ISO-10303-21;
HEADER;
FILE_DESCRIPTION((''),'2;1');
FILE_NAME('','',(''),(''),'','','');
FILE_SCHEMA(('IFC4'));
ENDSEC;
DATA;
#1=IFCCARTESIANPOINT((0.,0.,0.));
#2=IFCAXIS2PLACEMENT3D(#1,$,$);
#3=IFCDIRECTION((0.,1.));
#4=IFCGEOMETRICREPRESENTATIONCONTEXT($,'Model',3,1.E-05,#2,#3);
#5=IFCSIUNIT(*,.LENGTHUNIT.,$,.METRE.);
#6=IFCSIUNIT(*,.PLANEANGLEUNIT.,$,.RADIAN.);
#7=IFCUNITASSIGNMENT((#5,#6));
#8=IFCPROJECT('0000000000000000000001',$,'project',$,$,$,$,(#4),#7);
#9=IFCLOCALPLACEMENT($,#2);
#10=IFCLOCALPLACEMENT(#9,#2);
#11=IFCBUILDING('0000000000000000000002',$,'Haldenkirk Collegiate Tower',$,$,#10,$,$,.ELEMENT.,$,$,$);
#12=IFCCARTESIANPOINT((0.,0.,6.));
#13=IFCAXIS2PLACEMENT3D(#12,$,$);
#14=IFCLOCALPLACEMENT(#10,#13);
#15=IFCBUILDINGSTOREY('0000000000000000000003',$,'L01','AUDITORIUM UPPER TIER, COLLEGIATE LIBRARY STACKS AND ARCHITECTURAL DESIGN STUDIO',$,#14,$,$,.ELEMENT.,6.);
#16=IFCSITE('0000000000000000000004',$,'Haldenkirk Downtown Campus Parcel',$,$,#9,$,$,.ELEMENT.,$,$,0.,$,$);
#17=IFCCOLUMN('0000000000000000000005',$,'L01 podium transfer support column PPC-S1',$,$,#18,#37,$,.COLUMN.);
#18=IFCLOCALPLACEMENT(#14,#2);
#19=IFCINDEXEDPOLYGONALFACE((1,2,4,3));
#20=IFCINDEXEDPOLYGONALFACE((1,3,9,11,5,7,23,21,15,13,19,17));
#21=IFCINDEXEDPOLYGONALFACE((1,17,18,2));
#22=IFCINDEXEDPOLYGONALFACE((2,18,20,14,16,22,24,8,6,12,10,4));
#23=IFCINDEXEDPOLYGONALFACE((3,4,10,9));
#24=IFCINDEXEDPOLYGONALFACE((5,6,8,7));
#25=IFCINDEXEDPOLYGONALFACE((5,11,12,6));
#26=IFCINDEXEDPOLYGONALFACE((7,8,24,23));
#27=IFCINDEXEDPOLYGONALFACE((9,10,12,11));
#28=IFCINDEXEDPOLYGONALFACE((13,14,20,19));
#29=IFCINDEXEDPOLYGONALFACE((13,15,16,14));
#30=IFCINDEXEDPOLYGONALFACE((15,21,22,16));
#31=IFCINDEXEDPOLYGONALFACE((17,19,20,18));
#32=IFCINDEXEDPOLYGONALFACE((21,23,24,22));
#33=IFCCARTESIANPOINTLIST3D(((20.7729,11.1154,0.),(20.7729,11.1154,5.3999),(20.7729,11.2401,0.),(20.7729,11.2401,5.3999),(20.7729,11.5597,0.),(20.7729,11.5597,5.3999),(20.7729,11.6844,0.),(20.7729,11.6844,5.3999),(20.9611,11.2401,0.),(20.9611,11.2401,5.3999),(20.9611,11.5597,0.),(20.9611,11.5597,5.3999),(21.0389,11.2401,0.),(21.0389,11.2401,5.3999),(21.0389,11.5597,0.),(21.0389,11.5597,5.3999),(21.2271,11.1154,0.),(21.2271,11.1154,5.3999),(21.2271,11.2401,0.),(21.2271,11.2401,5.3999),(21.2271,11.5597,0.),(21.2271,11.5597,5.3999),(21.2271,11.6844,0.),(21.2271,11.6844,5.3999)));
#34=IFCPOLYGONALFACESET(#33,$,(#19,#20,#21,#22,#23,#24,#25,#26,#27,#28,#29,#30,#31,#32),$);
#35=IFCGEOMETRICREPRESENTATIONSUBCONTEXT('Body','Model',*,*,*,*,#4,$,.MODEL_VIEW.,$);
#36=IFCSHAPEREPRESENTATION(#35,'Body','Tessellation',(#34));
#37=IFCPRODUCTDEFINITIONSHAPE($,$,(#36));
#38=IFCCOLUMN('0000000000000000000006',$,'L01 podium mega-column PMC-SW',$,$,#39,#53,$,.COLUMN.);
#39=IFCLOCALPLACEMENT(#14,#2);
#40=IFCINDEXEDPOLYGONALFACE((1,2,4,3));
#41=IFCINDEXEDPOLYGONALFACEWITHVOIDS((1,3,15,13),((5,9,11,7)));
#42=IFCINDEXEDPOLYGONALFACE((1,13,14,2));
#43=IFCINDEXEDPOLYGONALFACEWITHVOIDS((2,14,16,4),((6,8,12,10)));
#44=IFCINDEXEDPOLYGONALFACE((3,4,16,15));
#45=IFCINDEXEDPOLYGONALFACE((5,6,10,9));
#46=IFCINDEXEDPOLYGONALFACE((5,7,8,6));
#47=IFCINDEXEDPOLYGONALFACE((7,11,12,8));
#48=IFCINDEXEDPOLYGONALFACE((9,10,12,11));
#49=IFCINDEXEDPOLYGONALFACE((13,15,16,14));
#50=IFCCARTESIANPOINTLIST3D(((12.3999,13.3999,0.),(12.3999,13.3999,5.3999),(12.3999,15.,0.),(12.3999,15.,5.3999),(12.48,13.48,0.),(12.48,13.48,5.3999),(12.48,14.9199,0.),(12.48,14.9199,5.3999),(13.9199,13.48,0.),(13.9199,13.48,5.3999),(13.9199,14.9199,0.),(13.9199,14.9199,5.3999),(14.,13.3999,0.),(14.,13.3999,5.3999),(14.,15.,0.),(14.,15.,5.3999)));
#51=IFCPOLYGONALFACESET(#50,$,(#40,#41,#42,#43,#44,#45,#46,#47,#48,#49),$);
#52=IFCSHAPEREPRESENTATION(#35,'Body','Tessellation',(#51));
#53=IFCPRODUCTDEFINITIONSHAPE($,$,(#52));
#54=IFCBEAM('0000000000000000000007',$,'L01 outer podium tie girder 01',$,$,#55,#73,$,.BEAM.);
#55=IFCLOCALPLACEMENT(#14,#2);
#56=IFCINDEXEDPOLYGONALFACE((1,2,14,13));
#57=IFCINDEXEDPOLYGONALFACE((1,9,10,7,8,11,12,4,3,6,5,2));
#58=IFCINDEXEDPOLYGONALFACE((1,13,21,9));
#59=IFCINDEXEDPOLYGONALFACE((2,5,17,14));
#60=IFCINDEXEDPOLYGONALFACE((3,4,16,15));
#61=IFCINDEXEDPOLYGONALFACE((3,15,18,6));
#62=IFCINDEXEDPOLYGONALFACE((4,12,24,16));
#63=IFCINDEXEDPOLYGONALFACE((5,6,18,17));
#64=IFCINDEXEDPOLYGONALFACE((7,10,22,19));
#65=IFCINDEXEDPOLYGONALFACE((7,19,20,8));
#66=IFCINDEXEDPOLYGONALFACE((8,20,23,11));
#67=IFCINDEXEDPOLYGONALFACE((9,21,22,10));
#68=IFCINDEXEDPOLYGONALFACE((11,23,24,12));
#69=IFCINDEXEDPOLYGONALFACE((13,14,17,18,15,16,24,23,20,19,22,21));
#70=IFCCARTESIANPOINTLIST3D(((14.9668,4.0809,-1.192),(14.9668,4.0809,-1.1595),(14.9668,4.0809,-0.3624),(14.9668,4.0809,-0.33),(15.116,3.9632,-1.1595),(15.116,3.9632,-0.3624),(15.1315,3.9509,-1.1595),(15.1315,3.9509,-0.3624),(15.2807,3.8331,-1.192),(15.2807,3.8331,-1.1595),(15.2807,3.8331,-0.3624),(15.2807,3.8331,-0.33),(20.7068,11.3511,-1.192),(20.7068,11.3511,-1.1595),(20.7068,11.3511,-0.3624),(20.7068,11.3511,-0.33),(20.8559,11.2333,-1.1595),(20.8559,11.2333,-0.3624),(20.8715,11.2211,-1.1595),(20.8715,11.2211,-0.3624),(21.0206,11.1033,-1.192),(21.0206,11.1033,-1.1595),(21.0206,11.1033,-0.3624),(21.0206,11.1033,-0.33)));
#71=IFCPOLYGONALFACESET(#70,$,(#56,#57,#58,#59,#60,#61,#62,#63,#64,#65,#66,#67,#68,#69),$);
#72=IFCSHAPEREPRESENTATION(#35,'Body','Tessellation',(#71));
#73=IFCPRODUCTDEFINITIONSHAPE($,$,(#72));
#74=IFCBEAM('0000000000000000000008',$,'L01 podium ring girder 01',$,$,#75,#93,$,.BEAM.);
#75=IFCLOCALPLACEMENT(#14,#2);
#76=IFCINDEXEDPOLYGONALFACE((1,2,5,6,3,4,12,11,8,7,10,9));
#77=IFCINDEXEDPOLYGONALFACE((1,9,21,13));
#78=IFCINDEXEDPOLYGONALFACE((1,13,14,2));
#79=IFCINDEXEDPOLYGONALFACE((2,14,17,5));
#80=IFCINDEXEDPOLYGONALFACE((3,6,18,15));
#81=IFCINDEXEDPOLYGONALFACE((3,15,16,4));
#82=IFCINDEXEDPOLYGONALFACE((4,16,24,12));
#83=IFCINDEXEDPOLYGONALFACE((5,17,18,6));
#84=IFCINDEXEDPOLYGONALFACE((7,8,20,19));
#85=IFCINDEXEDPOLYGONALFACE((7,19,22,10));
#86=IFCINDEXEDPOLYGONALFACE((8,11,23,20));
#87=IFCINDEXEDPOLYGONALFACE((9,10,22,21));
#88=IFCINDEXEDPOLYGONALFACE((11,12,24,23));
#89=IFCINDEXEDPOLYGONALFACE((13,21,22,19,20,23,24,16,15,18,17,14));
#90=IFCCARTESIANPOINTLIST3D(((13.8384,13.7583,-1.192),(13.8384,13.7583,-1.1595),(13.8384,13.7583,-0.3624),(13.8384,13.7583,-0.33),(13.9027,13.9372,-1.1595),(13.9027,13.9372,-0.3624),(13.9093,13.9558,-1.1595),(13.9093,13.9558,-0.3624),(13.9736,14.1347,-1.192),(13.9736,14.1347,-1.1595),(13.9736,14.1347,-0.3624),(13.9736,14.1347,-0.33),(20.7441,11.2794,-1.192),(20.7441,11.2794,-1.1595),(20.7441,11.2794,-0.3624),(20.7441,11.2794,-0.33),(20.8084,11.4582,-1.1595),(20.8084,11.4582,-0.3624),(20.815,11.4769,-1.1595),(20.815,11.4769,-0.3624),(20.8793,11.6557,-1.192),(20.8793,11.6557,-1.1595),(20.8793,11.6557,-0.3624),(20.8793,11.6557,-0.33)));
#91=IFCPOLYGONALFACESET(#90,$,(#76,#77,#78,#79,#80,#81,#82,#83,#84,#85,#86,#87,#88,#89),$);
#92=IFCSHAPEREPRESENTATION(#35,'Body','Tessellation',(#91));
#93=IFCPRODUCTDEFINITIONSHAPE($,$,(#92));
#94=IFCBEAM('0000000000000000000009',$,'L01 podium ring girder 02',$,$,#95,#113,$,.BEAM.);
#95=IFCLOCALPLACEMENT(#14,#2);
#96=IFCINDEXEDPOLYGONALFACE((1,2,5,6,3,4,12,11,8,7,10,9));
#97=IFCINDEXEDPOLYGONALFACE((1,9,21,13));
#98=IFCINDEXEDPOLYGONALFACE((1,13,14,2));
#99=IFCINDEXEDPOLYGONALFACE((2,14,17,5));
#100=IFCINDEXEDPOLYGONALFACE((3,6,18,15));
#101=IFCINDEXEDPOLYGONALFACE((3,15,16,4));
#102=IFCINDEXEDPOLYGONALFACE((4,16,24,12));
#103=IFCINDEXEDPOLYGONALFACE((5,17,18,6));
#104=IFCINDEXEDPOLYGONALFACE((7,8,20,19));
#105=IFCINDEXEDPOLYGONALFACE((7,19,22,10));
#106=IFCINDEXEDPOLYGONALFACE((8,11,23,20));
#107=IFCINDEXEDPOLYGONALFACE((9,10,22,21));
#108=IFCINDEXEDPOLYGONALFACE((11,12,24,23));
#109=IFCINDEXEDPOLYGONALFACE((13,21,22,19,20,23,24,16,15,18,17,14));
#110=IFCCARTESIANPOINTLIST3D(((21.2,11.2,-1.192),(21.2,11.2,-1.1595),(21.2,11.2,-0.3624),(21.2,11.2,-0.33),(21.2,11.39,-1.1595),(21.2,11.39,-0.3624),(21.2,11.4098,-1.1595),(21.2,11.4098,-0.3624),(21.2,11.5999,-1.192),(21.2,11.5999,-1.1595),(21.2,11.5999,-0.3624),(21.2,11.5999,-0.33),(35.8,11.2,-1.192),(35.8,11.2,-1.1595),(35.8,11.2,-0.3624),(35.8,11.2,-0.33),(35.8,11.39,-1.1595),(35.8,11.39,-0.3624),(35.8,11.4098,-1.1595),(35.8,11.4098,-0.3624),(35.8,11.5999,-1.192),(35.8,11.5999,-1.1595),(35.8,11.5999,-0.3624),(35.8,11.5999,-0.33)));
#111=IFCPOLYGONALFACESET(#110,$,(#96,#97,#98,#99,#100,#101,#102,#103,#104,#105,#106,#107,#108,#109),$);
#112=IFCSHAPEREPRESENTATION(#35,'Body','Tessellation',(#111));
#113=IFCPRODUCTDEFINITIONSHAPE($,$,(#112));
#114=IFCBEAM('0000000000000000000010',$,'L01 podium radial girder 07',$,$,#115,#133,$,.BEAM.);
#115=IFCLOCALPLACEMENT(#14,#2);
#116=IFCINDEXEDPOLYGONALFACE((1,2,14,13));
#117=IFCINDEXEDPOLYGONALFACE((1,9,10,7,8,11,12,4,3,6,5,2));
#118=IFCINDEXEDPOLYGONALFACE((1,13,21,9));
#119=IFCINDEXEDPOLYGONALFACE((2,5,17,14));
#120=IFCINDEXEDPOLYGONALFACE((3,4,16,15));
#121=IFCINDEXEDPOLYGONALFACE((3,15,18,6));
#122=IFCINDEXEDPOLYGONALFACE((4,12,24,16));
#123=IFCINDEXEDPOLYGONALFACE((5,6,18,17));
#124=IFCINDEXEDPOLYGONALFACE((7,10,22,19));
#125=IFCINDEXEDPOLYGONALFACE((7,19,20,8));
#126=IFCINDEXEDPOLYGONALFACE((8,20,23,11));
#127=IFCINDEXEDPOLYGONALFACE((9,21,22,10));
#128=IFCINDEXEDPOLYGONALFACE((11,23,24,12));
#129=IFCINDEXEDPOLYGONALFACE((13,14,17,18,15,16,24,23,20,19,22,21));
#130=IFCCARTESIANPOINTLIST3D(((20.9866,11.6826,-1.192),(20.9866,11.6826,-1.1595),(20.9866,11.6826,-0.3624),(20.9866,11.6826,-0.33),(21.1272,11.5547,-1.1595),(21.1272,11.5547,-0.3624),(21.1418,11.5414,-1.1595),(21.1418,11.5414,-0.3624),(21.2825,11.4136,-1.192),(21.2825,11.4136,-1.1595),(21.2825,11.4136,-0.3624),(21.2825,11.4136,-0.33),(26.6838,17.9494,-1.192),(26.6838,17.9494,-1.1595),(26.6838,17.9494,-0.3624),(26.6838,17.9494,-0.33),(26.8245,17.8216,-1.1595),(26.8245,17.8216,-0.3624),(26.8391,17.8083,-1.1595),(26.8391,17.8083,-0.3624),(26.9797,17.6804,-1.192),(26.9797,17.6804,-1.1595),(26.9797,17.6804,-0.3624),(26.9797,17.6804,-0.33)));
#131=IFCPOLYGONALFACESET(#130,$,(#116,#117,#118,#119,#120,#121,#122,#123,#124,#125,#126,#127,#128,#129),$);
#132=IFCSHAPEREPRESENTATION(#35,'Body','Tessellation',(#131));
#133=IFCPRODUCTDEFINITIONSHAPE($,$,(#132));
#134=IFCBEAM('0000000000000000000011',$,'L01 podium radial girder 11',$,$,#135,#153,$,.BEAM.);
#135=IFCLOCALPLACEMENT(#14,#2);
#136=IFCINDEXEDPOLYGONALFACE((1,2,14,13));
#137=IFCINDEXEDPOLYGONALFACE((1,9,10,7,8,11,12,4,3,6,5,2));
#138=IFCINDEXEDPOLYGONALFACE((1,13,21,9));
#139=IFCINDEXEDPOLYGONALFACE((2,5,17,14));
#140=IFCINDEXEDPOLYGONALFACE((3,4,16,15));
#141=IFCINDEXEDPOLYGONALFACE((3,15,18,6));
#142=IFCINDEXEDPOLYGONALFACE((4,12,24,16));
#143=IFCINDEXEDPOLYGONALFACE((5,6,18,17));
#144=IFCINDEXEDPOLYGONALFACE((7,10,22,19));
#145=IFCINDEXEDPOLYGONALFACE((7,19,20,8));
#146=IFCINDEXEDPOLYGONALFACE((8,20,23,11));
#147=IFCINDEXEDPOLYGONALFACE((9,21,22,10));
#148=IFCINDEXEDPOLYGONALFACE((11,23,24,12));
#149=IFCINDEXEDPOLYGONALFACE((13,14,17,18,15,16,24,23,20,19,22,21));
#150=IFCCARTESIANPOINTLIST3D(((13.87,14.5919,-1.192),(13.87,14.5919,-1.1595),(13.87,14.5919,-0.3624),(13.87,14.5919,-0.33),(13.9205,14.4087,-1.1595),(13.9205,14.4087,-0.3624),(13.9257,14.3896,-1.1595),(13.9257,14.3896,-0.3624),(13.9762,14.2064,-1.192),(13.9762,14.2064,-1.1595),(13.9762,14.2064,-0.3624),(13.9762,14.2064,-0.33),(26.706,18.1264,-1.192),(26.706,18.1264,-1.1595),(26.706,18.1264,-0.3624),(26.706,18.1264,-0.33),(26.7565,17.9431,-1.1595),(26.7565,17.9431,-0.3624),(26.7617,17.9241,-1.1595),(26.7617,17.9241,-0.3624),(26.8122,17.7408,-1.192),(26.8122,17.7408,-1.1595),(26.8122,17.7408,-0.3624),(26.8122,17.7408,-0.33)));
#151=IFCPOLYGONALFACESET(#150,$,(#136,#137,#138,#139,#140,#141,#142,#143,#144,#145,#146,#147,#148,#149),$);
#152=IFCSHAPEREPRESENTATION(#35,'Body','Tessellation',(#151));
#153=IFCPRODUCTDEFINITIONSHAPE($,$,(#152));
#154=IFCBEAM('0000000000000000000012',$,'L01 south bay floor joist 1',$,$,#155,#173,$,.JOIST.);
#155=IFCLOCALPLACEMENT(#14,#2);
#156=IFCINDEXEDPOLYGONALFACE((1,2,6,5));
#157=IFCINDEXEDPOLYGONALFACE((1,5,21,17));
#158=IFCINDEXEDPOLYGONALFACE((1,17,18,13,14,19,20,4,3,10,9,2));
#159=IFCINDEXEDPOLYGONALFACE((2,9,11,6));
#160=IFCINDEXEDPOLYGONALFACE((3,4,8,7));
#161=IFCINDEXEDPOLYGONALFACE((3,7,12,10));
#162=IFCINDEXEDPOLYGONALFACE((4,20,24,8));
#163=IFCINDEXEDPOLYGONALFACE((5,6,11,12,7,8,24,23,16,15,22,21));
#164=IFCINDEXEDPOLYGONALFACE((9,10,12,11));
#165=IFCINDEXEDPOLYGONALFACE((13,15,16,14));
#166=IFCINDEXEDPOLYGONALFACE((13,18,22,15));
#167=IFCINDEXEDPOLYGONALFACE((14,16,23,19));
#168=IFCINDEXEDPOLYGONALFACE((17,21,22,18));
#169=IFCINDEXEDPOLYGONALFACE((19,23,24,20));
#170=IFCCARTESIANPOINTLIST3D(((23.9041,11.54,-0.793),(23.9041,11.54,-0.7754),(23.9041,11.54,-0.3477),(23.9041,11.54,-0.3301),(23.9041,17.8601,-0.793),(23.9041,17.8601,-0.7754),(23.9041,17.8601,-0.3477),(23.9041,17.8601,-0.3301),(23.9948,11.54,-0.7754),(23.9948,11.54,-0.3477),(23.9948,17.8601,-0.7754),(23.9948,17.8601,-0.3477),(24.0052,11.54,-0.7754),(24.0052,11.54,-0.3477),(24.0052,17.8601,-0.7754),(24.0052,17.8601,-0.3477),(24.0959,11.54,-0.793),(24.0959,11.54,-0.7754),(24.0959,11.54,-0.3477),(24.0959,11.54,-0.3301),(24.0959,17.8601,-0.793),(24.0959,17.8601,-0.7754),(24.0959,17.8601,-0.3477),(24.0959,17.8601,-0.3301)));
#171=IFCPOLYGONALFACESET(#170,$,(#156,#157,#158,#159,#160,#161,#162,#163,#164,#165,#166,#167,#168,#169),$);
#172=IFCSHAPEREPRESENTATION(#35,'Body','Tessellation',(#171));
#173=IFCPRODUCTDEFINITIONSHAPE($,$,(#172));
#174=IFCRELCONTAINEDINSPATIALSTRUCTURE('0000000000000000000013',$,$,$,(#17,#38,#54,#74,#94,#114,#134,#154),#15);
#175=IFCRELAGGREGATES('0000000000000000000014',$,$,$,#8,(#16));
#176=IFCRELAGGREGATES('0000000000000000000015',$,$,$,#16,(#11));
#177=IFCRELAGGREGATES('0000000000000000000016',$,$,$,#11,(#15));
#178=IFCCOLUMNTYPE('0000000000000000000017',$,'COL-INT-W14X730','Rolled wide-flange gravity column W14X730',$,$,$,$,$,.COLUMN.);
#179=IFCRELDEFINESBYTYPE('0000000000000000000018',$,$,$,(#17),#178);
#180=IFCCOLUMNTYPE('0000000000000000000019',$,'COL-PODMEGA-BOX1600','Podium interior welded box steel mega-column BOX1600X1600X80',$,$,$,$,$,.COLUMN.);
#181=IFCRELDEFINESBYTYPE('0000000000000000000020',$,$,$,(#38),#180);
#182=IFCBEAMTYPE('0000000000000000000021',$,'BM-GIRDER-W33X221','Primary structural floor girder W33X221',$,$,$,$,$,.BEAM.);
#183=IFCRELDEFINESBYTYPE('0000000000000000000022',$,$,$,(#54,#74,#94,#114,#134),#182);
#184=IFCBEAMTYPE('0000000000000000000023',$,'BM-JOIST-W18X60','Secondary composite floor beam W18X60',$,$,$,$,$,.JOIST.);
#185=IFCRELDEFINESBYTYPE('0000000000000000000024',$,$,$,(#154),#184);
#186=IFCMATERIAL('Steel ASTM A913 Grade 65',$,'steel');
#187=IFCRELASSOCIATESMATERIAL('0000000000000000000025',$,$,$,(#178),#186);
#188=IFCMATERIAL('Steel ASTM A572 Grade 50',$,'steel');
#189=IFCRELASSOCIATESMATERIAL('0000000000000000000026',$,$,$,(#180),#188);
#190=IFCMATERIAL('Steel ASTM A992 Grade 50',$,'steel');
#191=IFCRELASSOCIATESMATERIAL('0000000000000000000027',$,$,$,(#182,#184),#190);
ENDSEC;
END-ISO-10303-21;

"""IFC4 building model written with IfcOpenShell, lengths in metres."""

from ifc_helpers import new_model, si_unit, direction, frame, origin, origin_2d, place, context, subcontext, project, spatial, hollow_rectangle, i_section, extrude, material, material_profile, profile_set, type_object, element, save


model = new_model("IFC4")

# Units and contexts
model_context = context("Model", 3, precision=1e-05, world=origin(), true_north=direction((0.0, 1.0)))
body_context = subcontext(model_context, "Body", "Model", "MODEL_VIEW")
ifc_project = project(units=[si_unit("LENGTHUNIT", "METRE"), si_unit("PLANEANGLEUNIT", "RADIAN")], contexts=[model_context])

# Site, building, storey
site_placement = place(None, origin())
site = spatial("IfcSite", under=ifc_project, at=site_placement, Name="Haldenkirk Downtown Campus Parcel", CompositionType="ELEMENT", RefElevation=0.0)
building_placement = place(site_placement, origin())
building = spatial("IfcBuilding", under=site, at=building_placement, Name="Haldenkirk Collegiate Tower", CompositionType="ELEMENT")
storey_placement = place(building_placement, frame((0.0, 0.0, 6.0)))
storey = spatial("IfcBuildingStorey", under=building, at=storey_placement, Name="L01", Description="AUDITORIUM UPPER TIER, COLLEGIATE LIBRARY STACKS AND ARCHITECTURAL DESIGN STUDIO", CompositionType="ELEMENT", Elevation=6.0)

# Columns
ifc_material_1 = material(Name="Steel ASTM A913 Grade 65", Category="steel")
ifc_material_profile_1 = material_profile(ifc_material_1, i_section(OverallWidth=0.4541, OverallDepth=0.5691, WebThickness=0.0779, FlangeThickness=0.1248, at=origin_2d()), Name="W14X730")
ifc_profile_set_1 = profile_set([ifc_material_profile_1], Name="Steel ASTM A913 Grade 65")
column_type_1 = type_object("IfcColumnType", Name="COL-INT-W14X730", Description="Rolled wide-flange gravity column W14X730", PredefinedType="COLUMN", material=ifc_profile_set_1)
column_1_placement = place(storey_placement, frame((21.0, 11.3999, 0.0), z_axis=(0.0, 0.0, 1.0), x_axis=(1.0, 0.0, 0.0)))
element("IfcColumn", 1, at=column_1_placement, inside=storey, type_object=column_type_1, Name="L01 podium transfer support column PPC-S1", PredefinedType="COLUMN", context=body_context, shape_type="SweptSolid", body=[
    extrude(i_section(OverallWidth=0.4541, OverallDepth=0.5691, WebThickness=0.0779, FlangeThickness=0.1248, at=origin_2d()), origin(), (0.0, 0.0, 1.0), 5.3999),
])
ifc_material_2 = material(Name="Steel ASTM A572 Grade 50", Category="steel")
ifc_material_profile_2 = material_profile(ifc_material_2, hollow_rectangle(XDim=1.6001, YDim=1.6001, WallThickness=0.0801, at=origin_2d()), Name="BOX1600X1600X80")
ifc_profile_set_2 = profile_set([ifc_material_profile_2], Name="Steel ASTM A572 Grade 50")
column_type_2 = type_object("IfcColumnType", Name="COL-PODMEGA-BOX1600", Description="Podium interior welded box steel mega-column BOX1600X1600X80", PredefinedType="COLUMN", material=ifc_profile_set_2)
column_2_placement = place(storey_placement, frame((13.2, 14.2, 0.0), z_axis=(0.0, 0.0, 1.0), x_axis=(1.0, 0.0, 0.0)))
element("IfcColumn", 2, at=column_2_placement, inside=storey, type_object=column_type_2, Name="L01 podium mega-column PMC-SW", PredefinedType="COLUMN", context=body_context, shape_type="SweptSolid", body=[
    extrude(hollow_rectangle(XDim=1.6001, YDim=1.6001, WallThickness=0.0801, at=origin_2d()), origin(), (0.0, 0.0, 1.0), 5.3999),
])

# Beams
ifc_material_3 = material(Name="Steel ASTM A992 Grade 50", Category="steel")
ifc_material_profile_3 = material_profile(ifc_material_3, i_section(OverallWidth=0.3999, OverallDepth=0.8621, WebThickness=0.0198, FlangeThickness=0.0325, at=origin_2d()), Name="W33X221")
ifc_profile_set_3 = profile_set([ifc_material_profile_3], Name="Steel ASTM A992 Grade 50")
beam_type_1 = type_object("IfcBeamType", Name="BM-GIRDER-W33X221", Description="Primary structural floor girder W33X221", PredefinedType="BEAM", material=ifc_profile_set_3)
beam_1_placement = place(storey_placement, frame((15.1238, 3.957, -0.761), z_axis=(0.619665, 0.784867, 0.0), x_axis=(-0.784867, 0.619665, 0.0)))
element("IfcBeam", 3, at=beam_1_placement, inside=storey, type_object=beam_type_1, Name="L01 outer podium tie girder 01", PredefinedType="BEAM", context=body_context, shape_type="SweptSolid", body=[
    extrude(i_section(OverallWidth=0.3999, OverallDepth=0.8621, WebThickness=0.0198, FlangeThickness=0.0325, at=origin_2d()), origin(), (0.0, 0.0, 1.0), 9.2629),
])
beam_2_placement = place(storey_placement, frame((13.906, 13.9465, -0.761), z_axis=(0.941194, -0.337866, 0.0), x_axis=(0.337866, 0.941194, 0.0)))
element("IfcBeam", 4, at=beam_2_placement, inside=storey, type_object=beam_type_1, Name="L01 podium ring girder 01", PredefinedType="BEAM", context=body_context, shape_type="SweptSolid", body=[
    extrude(i_section(OverallWidth=0.3999, OverallDepth=0.8621, WebThickness=0.0198, FlangeThickness=0.0325, at=origin_2d()), origin(), (0.0, 0.0, 1.0), 7.3372),
])
beam_3_placement = place(storey_placement, frame((21.2, 11.3999, -0.761), z_axis=(1.0, 0.0, 0.0), x_axis=(0.0, 1.0, 0.0)))
element("IfcBeam", 5, at=beam_3_placement, inside=storey, type_object=beam_type_1, Name="L01 podium ring girder 02", PredefinedType="BEAM", context=body_context, shape_type="SweptSolid", body=[
    extrude(i_section(OverallWidth=0.3999, OverallDepth=0.8621, WebThickness=0.0198, FlangeThickness=0.0325, at=origin_2d()), origin(), (0.0, 0.0, 1.0), 14.6001),
])
beam_4_placement = place(storey_placement, frame((21.1345, 11.5481, -0.761), z_axis=(0.672681, 0.739932, 0.0), x_axis=(-0.739932, 0.672681, 0.0)))
element("IfcBeam", 6, at=beam_4_placement, inside=storey, type_object=beam_type_1, Name="L01 podium radial girder 07", PredefinedType="BEAM", context=body_context, shape_type="SweptSolid", body=[
    extrude(i_section(OverallWidth=0.3999, OverallDepth=0.8621, WebThickness=0.0198, FlangeThickness=0.0325, at=origin_2d()), origin(), (0.0, 0.0, 1.0), 8.4695),
])
beam_5_placement = place(storey_placement, frame((13.9231, 14.3992, -0.761), z_axis=(0.964118, 0.265474, 0.0), x_axis=(-0.265474, 0.964118, 0.0)))
element("IfcBeam", 7, at=beam_5_placement, inside=storey, type_object=beam_type_1, Name="L01 podium radial girder 11", PredefinedType="BEAM", context=body_context, shape_type="SweptSolid", body=[
    extrude(i_section(OverallWidth=0.3999, OverallDepth=0.8621, WebThickness=0.0198, FlangeThickness=0.0325, at=origin_2d()), origin(), (0.0, 0.0, 1.0), 13.3137),
])
ifc_material_profile_4 = material_profile(ifc_material_3, i_section(OverallWidth=0.1919, OverallDepth=0.4629, WebThickness=0.0105, FlangeThickness=0.0176, at=origin_2d()), Name="W18X60")
ifc_profile_set_4 = profile_set([ifc_material_profile_4], Name="Steel ASTM A992 Grade 50")
beam_type_2 = type_object("IfcBeamType", Name="BM-JOIST-W18X60", Description="Secondary composite floor beam W18X60", PredefinedType="JOIST", material=ifc_profile_set_4)
beam_6_placement = place(storey_placement, frame((24.0, 11.54, -0.5615), z_axis=(0.0, 1.0, 0.0), x_axis=(-1.0, 0.0, 0.0)))
element("IfcBeam", 8, at=beam_6_placement, inside=storey, type_object=beam_type_2, Name="L01 south bay floor joist 1", PredefinedType="JOIST", context=body_context, shape_type="SweptSolid", body=[
    extrude(i_section(OverallWidth=0.1919, OverallDepth=0.4629, WebThickness=0.0105, FlangeThickness=0.0176, at=origin_2d()), origin(), (0.0, 0.0, 1.0), 6.3201),
])

save(model, "model.ifc")
